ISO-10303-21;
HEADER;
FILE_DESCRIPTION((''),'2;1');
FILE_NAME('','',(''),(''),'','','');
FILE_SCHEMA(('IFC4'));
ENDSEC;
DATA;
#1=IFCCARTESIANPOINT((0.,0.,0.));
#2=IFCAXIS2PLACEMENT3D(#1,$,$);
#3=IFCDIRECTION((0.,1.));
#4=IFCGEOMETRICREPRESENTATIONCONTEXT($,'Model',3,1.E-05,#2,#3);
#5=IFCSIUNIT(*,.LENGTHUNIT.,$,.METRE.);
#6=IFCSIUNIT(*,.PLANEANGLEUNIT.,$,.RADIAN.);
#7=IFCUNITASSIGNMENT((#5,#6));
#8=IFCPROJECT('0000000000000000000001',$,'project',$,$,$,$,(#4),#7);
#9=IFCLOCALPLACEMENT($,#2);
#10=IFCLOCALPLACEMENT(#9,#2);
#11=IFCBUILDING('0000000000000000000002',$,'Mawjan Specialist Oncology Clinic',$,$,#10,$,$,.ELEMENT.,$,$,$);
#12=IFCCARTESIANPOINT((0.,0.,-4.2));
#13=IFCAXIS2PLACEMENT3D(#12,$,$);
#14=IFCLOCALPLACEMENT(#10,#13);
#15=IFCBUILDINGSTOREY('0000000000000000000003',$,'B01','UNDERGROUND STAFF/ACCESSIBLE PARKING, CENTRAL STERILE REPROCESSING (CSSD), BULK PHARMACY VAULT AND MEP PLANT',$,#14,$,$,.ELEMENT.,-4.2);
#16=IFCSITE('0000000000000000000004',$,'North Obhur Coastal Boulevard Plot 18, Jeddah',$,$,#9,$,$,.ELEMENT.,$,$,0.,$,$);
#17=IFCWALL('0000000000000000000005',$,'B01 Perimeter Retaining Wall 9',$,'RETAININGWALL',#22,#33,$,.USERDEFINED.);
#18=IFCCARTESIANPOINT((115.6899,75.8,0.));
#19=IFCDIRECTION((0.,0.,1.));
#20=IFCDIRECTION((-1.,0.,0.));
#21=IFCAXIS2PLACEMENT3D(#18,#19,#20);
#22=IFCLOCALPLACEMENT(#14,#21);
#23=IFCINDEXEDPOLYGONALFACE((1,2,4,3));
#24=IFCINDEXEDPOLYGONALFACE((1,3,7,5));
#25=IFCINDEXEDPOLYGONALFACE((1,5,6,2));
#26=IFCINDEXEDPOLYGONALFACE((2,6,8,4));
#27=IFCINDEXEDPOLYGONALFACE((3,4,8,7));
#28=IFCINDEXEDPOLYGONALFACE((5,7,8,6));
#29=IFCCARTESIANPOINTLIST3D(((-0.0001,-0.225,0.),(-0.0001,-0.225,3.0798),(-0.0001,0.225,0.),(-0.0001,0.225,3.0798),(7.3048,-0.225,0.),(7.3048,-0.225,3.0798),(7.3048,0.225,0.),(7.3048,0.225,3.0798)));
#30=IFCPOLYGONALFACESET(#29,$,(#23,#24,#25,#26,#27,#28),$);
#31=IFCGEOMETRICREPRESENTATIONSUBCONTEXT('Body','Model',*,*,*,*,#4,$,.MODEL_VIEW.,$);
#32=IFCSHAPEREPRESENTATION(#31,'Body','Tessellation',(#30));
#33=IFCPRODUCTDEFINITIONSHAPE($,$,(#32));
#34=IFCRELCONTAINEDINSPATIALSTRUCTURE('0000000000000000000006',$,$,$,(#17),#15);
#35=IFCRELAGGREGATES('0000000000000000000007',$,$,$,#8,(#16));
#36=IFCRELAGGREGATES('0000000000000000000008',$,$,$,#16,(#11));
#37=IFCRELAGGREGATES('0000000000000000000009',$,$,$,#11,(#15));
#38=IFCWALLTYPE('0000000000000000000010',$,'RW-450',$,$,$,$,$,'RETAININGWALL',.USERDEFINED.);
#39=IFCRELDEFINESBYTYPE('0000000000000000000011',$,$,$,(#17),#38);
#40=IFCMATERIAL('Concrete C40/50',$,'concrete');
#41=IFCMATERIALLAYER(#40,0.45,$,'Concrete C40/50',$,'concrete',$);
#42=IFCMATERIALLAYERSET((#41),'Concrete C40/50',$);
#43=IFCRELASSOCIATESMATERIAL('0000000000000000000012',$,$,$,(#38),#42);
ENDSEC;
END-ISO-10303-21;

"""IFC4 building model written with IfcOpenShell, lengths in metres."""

from ifc_helpers import new_model, si_unit, direction, frame, frame_2d, origin, place, context, subcontext, project, spatial, rectangle, extrude, material, layer, layer_set, type_object, element, save


model = new_model("IFC4")

# Units and contexts
model_context = context("Model", 3, precision=1e-05, world=origin(), true_north=direction((0.0, 1.0)))
body_context = subcontext(model_context, "Body", "Model", "MODEL_VIEW")
ifc_project = project(units=[si_unit("LENGTHUNIT", "METRE"), si_unit("PLANEANGLEUNIT", "RADIAN")], contexts=[model_context])

# Site, building, storey
site_placement = place(None, origin())
site = spatial("IfcSite", under=ifc_project, at=site_placement, Name="North Obhur Coastal Boulevard Plot 18, Jeddah", CompositionType="ELEMENT", RefElevation=0.0)
building_placement = place(site_placement, origin())
building = spatial("IfcBuilding", under=site, at=building_placement, Name="Mawjan Specialist Oncology Clinic", CompositionType="ELEMENT")
storey_placement = place(building_placement, frame((0.0, 0.0, -4.2)))
storey = spatial("IfcBuildingStorey", under=building, at=storey_placement, Name="B01", Description="UNDERGROUND STAFF/ACCESSIBLE PARKING, CENTRAL STERILE REPROCESSING (CSSD), BULK PHARMACY VAULT AND MEP PLANT", CompositionType="ELEMENT", Elevation=-4.2)

# Wall
ifc_material_1 = material(Name="Concrete C40/50", Category="concrete")
ifc_layer_1 = layer(ifc_material_1, 0.45, Name="Concrete C40/50", Category="concrete")
ifc_layer_set_1 = layer_set([ifc_layer_1], Name="Concrete C40/50")
wall_type_1 = type_object("IfcWallType", Name="RW-450", ElementType="RETAININGWALL", PredefinedType="USERDEFINED", material=ifc_layer_set_1)
wall_1_placement = place(storey_placement, frame((115.6899, 75.8, 0.0), z_axis=(0.0, 0.0, 1.0), x_axis=(-1.0, 0.0, 0.0)))
element("IfcWall", 1, at=wall_1_placement, inside=storey, type_object=wall_type_1, Name="B01 Perimeter Retaining Wall 9", ObjectType="RETAININGWALL", PredefinedType="USERDEFINED", context=body_context, shape_type="SweptSolid", body=[
    extrude(rectangle(XDim=7.3049, YDim=0.45, at=frame_2d((3.6523, 0.0))), origin(), (0.0, 0.0, 1.0), 3.0798),
])

save(model, "model.ifc")
